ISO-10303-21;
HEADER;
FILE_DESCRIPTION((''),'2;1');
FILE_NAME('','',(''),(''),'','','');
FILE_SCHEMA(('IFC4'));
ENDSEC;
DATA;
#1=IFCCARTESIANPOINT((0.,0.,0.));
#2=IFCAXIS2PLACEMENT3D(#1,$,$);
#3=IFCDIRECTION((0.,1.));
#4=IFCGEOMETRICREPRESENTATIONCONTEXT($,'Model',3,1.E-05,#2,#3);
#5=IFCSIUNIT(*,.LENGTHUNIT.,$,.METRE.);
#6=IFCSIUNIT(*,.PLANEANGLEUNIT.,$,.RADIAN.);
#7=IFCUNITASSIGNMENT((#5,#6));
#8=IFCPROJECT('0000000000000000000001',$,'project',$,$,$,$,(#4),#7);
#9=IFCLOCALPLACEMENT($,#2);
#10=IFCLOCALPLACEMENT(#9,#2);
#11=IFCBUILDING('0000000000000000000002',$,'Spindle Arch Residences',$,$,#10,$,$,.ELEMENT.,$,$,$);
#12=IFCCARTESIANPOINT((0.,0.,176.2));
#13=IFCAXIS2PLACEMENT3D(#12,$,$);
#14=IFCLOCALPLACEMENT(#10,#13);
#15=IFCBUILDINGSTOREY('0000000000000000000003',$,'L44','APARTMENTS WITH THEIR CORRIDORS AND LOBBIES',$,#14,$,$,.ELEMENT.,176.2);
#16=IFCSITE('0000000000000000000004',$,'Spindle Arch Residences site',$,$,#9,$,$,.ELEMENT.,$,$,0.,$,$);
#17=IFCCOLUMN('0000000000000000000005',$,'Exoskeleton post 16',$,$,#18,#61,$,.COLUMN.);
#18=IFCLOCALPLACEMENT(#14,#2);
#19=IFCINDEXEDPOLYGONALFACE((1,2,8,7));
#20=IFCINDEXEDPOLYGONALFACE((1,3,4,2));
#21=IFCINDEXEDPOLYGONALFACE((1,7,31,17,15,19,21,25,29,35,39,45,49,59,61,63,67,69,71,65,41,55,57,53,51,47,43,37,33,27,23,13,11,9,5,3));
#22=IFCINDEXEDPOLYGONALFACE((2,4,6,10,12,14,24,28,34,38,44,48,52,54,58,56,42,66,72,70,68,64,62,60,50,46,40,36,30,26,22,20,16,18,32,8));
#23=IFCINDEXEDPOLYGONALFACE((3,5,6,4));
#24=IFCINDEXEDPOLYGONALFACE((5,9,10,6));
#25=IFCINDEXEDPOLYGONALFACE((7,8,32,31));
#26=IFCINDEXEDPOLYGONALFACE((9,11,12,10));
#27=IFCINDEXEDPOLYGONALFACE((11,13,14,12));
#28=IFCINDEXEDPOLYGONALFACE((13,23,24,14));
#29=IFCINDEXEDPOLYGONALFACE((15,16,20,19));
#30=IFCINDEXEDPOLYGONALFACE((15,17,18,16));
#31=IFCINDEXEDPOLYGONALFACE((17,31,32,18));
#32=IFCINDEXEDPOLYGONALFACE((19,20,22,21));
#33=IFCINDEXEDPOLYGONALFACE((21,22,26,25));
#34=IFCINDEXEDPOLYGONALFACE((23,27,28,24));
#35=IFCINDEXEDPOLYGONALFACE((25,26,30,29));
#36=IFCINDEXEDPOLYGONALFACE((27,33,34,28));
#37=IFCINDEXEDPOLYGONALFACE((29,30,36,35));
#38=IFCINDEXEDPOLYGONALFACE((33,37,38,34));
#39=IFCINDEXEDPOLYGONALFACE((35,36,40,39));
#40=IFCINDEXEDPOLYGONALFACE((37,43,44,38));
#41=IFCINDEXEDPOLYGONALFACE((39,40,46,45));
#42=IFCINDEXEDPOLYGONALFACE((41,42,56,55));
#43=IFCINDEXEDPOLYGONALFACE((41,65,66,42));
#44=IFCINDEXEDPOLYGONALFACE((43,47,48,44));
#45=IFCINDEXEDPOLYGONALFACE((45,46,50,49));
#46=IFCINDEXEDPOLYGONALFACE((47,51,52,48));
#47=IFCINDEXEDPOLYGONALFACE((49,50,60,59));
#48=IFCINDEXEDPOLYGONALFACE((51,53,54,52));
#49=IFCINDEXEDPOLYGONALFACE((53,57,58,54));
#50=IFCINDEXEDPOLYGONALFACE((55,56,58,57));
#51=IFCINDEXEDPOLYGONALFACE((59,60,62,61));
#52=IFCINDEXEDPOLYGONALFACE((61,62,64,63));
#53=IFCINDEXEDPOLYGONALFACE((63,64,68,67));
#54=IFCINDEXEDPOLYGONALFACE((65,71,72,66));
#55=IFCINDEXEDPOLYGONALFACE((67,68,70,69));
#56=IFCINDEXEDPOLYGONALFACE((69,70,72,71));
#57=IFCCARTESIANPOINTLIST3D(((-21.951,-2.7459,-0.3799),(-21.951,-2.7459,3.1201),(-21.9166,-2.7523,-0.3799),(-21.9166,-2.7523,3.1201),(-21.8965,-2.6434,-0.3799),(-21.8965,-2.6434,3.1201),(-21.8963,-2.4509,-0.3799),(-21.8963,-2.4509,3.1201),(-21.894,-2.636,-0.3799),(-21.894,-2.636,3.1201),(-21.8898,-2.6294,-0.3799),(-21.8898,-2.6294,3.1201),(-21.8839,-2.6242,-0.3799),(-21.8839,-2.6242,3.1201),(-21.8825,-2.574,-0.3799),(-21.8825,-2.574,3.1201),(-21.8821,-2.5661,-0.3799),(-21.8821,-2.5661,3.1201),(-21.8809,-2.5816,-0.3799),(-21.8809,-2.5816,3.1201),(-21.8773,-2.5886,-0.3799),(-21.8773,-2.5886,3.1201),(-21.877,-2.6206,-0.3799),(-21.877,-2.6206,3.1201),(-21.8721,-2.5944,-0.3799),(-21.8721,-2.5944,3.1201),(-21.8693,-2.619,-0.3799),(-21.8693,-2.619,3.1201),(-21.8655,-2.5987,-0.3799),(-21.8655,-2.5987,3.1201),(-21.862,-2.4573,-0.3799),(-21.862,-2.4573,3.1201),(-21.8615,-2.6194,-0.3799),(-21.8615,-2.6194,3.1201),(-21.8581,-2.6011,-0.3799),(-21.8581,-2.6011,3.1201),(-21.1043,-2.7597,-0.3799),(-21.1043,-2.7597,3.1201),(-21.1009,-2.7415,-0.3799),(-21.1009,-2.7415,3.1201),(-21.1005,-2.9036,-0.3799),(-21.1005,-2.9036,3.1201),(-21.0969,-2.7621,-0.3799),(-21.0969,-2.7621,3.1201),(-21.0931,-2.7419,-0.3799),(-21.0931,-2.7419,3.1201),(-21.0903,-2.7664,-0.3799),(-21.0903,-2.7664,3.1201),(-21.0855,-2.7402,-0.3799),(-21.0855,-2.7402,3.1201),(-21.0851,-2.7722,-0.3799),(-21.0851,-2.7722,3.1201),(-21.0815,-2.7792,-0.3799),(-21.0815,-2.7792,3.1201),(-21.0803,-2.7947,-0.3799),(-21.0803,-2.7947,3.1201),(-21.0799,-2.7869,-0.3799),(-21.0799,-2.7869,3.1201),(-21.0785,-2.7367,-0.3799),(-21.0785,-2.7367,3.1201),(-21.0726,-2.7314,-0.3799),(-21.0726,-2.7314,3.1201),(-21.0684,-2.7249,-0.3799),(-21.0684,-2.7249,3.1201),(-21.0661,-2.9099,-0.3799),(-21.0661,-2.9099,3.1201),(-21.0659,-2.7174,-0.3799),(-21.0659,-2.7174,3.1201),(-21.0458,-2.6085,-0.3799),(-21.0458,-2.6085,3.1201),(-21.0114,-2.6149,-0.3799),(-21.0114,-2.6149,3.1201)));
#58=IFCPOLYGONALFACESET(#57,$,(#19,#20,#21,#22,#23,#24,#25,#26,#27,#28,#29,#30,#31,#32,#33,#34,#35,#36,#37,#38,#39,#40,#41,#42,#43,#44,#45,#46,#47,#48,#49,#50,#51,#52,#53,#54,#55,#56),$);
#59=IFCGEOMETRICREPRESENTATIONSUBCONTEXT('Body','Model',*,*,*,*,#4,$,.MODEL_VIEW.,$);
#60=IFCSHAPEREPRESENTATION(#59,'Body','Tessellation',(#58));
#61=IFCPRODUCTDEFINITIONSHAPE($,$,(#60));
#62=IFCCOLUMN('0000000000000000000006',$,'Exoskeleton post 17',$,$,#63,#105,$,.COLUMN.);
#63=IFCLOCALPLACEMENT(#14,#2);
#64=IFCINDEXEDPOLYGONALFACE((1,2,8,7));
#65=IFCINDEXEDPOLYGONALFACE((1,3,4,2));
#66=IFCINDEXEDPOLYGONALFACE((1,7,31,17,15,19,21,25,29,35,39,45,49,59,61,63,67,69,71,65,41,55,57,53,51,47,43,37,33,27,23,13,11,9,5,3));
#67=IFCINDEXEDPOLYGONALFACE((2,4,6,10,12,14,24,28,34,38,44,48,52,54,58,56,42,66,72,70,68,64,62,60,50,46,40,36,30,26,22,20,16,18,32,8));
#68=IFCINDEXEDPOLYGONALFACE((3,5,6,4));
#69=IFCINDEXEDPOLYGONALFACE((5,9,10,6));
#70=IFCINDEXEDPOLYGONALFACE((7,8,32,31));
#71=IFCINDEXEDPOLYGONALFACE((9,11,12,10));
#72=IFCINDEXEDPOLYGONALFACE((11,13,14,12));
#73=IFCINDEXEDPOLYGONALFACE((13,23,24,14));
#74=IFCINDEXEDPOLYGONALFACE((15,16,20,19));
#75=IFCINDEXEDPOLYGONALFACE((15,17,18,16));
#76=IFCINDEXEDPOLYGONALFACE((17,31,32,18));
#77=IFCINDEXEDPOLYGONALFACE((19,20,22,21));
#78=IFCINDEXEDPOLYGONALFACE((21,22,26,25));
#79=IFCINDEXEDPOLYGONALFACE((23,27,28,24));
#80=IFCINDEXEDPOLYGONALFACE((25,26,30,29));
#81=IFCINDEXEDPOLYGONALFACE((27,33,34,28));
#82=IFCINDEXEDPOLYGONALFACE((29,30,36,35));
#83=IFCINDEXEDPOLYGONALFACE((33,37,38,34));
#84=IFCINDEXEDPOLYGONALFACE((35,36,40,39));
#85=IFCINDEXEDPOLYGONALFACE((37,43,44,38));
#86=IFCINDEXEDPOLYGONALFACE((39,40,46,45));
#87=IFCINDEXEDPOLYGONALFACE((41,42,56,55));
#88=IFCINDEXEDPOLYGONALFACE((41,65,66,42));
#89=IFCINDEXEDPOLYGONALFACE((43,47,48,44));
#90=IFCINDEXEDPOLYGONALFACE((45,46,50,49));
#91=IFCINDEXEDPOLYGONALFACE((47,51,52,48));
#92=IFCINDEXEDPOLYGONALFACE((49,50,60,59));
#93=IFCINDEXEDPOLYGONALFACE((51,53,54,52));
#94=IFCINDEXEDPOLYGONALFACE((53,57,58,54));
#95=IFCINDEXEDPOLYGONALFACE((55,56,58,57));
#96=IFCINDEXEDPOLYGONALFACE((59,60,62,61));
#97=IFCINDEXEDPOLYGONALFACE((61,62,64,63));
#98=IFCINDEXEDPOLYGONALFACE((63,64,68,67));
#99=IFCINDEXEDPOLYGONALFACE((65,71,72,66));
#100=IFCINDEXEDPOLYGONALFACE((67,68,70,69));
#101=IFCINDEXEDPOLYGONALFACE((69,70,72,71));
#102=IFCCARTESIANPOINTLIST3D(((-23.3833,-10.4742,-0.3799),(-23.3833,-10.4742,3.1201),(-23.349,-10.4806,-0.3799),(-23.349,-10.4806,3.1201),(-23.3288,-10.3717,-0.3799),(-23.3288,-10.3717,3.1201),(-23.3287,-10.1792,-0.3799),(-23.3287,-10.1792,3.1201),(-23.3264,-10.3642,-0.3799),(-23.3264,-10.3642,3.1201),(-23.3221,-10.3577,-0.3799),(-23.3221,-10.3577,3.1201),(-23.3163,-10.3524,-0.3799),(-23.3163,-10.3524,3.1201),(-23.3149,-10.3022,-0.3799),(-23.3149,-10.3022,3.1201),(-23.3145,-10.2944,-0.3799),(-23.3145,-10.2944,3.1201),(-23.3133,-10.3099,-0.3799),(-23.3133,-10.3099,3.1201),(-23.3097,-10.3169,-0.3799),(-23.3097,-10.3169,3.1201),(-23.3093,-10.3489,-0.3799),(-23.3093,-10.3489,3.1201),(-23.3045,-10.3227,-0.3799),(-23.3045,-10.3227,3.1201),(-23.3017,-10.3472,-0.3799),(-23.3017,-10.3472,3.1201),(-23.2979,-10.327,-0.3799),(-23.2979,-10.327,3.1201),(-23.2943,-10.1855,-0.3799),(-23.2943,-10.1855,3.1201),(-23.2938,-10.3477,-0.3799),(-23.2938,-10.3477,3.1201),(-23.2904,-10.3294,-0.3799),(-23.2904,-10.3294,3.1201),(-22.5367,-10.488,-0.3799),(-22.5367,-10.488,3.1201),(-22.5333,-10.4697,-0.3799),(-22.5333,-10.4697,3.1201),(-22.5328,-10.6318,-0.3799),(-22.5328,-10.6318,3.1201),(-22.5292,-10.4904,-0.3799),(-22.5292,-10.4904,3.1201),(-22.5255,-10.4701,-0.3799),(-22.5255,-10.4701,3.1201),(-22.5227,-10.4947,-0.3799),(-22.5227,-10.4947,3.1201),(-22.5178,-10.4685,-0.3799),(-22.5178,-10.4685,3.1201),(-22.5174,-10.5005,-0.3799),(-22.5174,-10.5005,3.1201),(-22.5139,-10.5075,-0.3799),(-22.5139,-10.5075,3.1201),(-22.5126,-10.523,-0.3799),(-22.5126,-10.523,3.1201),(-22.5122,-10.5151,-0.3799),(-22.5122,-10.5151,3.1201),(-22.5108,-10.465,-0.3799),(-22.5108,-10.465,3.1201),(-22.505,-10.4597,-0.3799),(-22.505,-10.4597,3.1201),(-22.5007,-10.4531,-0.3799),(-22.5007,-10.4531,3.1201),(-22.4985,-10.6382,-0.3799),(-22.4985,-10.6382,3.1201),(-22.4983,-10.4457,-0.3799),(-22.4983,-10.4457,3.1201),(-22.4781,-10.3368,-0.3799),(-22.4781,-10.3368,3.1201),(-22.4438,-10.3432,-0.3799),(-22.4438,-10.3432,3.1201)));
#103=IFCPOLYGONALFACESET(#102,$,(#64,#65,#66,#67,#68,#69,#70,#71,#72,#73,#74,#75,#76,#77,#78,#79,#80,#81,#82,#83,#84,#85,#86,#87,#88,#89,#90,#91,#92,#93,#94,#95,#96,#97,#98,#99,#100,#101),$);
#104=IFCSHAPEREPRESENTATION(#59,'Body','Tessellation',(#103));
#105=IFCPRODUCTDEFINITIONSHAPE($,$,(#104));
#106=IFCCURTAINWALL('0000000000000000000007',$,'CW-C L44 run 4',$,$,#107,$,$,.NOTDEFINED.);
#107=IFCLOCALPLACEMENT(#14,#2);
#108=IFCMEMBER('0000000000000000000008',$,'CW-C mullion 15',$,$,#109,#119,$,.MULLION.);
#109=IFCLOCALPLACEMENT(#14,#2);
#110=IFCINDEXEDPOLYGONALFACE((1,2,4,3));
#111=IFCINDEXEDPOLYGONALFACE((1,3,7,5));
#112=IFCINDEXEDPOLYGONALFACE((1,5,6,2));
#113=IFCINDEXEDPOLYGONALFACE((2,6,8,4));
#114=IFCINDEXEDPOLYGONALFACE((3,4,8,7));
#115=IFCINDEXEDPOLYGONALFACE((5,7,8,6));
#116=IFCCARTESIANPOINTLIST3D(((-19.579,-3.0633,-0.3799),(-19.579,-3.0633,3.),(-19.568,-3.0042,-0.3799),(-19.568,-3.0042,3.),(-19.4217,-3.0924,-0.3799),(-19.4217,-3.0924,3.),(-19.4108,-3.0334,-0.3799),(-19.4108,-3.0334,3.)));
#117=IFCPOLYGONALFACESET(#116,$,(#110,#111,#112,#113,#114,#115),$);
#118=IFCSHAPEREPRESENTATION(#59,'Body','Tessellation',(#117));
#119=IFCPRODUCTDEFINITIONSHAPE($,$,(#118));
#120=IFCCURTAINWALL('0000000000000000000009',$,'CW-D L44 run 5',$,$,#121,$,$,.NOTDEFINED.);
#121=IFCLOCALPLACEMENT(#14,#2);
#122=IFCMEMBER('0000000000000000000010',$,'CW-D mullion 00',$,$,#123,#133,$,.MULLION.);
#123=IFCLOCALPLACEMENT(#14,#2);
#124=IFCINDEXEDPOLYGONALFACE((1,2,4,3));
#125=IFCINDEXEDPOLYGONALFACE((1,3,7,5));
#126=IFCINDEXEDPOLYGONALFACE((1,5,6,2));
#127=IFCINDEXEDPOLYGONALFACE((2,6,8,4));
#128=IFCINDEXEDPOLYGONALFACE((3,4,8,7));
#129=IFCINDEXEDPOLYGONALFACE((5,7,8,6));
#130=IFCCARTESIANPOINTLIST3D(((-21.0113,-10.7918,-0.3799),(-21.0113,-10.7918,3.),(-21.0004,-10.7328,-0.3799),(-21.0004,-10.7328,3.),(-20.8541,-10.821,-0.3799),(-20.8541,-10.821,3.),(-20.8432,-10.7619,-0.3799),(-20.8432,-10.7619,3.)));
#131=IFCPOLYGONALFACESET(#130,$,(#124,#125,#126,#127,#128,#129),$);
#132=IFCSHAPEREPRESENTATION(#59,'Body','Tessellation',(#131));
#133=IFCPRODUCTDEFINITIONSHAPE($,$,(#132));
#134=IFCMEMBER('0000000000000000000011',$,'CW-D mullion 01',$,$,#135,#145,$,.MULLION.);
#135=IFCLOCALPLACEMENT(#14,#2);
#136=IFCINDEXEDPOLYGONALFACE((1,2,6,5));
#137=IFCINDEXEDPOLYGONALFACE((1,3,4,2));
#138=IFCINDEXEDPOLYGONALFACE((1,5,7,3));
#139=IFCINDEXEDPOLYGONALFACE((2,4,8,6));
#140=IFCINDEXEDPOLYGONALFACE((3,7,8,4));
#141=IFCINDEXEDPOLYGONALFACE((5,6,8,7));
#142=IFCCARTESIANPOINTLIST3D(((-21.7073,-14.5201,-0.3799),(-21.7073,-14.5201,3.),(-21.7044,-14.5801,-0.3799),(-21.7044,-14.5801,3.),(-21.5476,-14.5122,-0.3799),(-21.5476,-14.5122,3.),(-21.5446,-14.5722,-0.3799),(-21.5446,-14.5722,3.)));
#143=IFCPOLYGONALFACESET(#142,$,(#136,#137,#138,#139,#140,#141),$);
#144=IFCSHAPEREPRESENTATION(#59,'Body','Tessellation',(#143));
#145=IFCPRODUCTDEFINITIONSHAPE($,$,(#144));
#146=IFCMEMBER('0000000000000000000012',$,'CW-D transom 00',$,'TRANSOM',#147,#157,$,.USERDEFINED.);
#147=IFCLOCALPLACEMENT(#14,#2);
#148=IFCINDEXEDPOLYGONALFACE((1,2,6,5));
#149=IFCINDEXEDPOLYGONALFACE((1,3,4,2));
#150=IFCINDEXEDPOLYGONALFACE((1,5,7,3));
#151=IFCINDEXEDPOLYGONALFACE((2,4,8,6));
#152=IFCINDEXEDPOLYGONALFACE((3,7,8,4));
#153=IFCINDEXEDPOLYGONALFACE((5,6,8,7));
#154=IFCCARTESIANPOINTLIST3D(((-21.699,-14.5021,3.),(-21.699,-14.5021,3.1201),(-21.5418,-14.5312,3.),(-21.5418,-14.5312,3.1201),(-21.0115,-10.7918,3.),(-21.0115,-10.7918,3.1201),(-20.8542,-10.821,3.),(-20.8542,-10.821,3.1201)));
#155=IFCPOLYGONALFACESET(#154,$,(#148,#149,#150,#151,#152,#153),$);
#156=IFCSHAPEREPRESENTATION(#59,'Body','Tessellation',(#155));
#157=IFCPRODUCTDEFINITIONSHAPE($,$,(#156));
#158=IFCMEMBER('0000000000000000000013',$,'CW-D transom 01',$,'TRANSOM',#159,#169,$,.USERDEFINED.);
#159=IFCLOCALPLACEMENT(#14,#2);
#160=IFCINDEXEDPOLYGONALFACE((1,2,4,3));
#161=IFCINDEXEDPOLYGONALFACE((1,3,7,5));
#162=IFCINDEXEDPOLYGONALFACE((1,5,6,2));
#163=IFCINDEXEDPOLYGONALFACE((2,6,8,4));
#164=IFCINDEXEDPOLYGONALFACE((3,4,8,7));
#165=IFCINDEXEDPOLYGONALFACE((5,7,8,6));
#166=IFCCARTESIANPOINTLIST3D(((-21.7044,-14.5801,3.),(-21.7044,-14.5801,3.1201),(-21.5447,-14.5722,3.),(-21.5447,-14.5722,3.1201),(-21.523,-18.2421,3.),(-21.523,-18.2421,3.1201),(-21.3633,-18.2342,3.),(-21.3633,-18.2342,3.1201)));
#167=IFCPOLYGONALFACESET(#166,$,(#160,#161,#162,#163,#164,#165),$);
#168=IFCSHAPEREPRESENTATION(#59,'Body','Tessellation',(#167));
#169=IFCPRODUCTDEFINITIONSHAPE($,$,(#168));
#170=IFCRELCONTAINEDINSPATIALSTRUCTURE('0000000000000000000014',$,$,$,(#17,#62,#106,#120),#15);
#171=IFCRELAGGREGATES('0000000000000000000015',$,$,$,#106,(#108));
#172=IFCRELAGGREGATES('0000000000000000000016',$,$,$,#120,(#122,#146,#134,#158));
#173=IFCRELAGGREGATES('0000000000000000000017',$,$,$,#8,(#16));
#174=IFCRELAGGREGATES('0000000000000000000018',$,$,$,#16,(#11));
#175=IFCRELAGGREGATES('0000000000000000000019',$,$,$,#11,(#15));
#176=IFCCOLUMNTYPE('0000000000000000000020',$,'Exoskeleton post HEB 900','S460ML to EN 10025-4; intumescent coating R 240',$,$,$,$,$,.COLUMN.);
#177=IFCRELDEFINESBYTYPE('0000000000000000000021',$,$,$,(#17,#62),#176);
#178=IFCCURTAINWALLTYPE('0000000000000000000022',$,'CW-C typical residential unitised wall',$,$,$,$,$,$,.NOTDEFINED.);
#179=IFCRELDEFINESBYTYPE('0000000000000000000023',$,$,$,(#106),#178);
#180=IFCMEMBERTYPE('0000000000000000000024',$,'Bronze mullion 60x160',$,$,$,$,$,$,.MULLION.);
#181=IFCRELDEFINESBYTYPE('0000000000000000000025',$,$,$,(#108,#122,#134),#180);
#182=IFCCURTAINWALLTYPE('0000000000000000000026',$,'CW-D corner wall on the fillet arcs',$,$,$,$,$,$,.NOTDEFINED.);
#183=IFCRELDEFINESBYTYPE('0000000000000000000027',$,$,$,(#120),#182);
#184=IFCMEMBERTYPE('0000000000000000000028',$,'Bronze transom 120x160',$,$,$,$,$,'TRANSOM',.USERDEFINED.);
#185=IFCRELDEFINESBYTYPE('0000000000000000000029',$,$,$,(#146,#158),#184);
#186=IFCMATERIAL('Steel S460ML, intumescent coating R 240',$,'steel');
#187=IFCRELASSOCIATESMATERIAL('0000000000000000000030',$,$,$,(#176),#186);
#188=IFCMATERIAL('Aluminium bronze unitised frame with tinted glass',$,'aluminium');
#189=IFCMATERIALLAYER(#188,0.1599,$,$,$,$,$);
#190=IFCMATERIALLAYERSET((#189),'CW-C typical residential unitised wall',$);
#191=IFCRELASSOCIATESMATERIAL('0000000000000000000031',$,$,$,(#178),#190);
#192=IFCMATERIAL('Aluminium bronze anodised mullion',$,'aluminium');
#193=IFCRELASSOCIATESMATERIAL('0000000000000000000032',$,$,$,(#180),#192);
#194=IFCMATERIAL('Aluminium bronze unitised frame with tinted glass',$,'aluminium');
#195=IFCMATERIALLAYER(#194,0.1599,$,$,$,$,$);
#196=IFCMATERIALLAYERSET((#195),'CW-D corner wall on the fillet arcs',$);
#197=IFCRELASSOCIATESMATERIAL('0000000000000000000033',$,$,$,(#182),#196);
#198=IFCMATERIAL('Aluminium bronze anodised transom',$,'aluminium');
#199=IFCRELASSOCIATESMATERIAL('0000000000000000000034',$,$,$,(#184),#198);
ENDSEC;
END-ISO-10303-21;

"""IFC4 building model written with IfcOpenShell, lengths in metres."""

from ifc_helpers import new_model, si_unit, direction, frame, origin, origin_2d, place, context, subcontext, project, spatial, rectangle, i_section, extrude, material, layer, layer_set, material_profile, profile_set, type_object, element, aggregate, save


model = new_model("IFC4")

# Units and contexts
model_context = context("Model", 3, precision=1e-05, world=origin(), true_north=direction((0.0, 1.0)))
body_context = subcontext(model_context, "Body", "Model", "MODEL_VIEW")
ifc_project = project(units=[si_unit("LENGTHUNIT", "METRE"), si_unit("PLANEANGLEUNIT", "RADIAN")], contexts=[model_context])

# Site, building, storey
site_placement = place(None, origin())
site = spatial("IfcSite", under=ifc_project, at=site_placement, Name="Spindle Arch Residences site", CompositionType="ELEMENT", RefElevation=0.0)
building_placement = place(site_placement, origin())
building = spatial("IfcBuilding", under=site, at=building_placement, Name="Spindle Arch Residences", CompositionType="ELEMENT")
storey_placement = place(building_placement, frame((0.0, 0.0, 176.2)))
storey = spatial("IfcBuildingStorey", under=building, at=storey_placement, Name="L44", Description="APARTMENTS WITH THEIR CORRIDORS AND LOBBIES", CompositionType="ELEMENT", Elevation=176.2)

# Columns
ifc_material_1 = material(Name="Steel S460ML, intumescent coating R 240", Category="steel")
ifc_material_profile_1 = material_profile(ifc_material_1, i_section(OverallWidth=0.3, OverallDepth=0.8999, WebThickness=0.0186, FlangeThickness=0.0349, FilletRadius=0.03, at=origin_2d()), Name="HEB 900")
ifc_profile_set_1 = profile_set([ifc_material_profile_1], Name="Steel S460ML, intumescent coating R 240")
column_type = type_object("IfcColumnType", Name="Exoskeleton post HEB 900", Description="S460ML to EN 10025-4; intumescent coating R 240", PredefinedType="COLUMN", material=ifc_profile_set_1)
for number, where, z_axis, x_axis, name in (
    (1, (-21.4812, -2.6804, -0.3799), (0.0, 0.0, 1.0), (0.182236, 0.983255, 0.0), "Exoskeleton post 16"),
    (2, (-22.9136, -10.4087, -0.3799), (0.0, 0.0, 1.0), (0.182236, 0.983255, 0.0), "Exoskeleton post 17"),
):
    element("IfcColumn", number, at=place(storey_placement, frame(where, z_axis=z_axis, x_axis=x_axis)), inside=storey, type_object=column_type, Name=name, PredefinedType="COLUMN", context=body_context, shape_type="SweptSolid", body=[
        extrude(i_section(OverallWidth=0.3, OverallDepth=0.8999, WebThickness=0.0186, FlangeThickness=0.0349, FilletRadius=0.03, at=origin_2d()), origin(), (0.0, 0.0, 1.0), 3.5),
    ])

# Curtain wall, member
ifc_material_2 = material(Name="Aluminium bronze unitised frame with tinted glass", Category="aluminium")
ifc_layer_1 = layer(ifc_material_2, 0.1599)
ifc_layer_set_1 = layer_set([ifc_layer_1], Name="CW-C typical residential unitised wall")
curtain_wall_type_1 = type_object("IfcCurtainWallType", Name="CW-C typical residential unitised wall", PredefinedType="NOTDEFINED", material=ifc_layer_set_1)
curtain_wall_1_placement = place(storey_placement, origin())
curtain_wall_1 = element("IfcCurtainWall", 3, at=curtain_wall_1_placement, inside=storey, type_object=curtain_wall_type_1, Name="CW-C L44 run 4", PredefinedType="NOTDEFINED")
ifc_material_3 = material(Name="Aluminium bronze anodised mullion", Category="aluminium")
ifc_material_profile_2 = material_profile(ifc_material_3, rectangle(XDim=0.1599, YDim=0.0601, at=origin_2d()), Name="MU 60x160")
ifc_profile_set_2 = profile_set([ifc_material_profile_2], Name="Aluminium bronze anodised mullion")
member_type_1 = type_object("IfcMemberType", Name="Bronze mullion 60x160", PredefinedType="MULLION", material=ifc_profile_set_2)
member_1_placement = place(storey_placement, frame((-19.4949, -3.0483, -0.3799), z_axis=(0.0, 0.0, 1.0), x_axis=(0.983255, -0.182236, 0.0)))
member_1 = element("IfcMember", 4, at=member_1_placement, type_object=member_type_1, Name="CW-C mullion 15", PredefinedType="MULLION", context=body_context, shape_type="SweptSolid", body=[
    extrude(rectangle(XDim=0.1599, YDim=0.0601, at=origin_2d()), origin(), (0.0, 0.0, 1.0), 3.3799),
])

# Curtain wall, members
ifc_material_4 = material(Name="Aluminium bronze unitised frame with tinted glass", Category="aluminium")
ifc_layer_2 = layer(ifc_material_4, 0.1599)
ifc_layer_set_2 = layer_set([ifc_layer_2], Name="CW-D corner wall on the fillet arcs")
curtain_wall_type_2 = type_object("IfcCurtainWallType", Name="CW-D corner wall on the fillet arcs", PredefinedType="NOTDEFINED", material=ifc_layer_set_2)
curtain_wall_2_placement = place(storey_placement, origin())
curtain_wall_2 = element("IfcCurtainWall", 5, at=curtain_wall_2_placement, inside=storey, type_object=curtain_wall_type_2, Name="CW-D L44 run 5", PredefinedType="NOTDEFINED")
member_2_placement = place(storey_placement, frame((-20.9272, -10.7769, -0.3799), z_axis=(0.0, 0.0, 1.0), x_axis=(0.983255, -0.182236, 0.0)))
member_2 = element("IfcMember", 6, at=member_2_placement, type_object=member_type_1, Name="CW-D mullion 00", PredefinedType="MULLION", context=body_context, shape_type="SweptSolid", body=[
    extrude(rectangle(XDim=0.1599, YDim=0.0601, at=origin_2d()), origin(), (0.0, 0.0, 1.0), 3.3799),
])
member_3_placement = place(storey_placement, frame((-21.626, -14.5461, -0.3799), z_axis=(0.0, 0.0, 1.0), x_axis=(0.998778, 0.049431, 0.0)))
member_3 = element("IfcMember", 7, at=member_3_placement, type_object=member_type_1, Name="CW-D mullion 01", PredefinedType="MULLION", context=body_context, shape_type="SweptSolid", body=[
    extrude(rectangle(XDim=0.1599, YDim=0.0601, at=origin_2d()), origin(), (0.0, 0.0, 1.0), 3.3799),
])
ifc_material_5 = material(Name="Aluminium bronze anodised transom", Category="aluminium")
ifc_material_profile_3 = material_profile(ifc_material_5, rectangle(XDim=0.1599, YDim=0.1201, at=origin_2d()), Name="TR 120x160")
ifc_profile_set_3 = profile_set([ifc_material_profile_3], Name="Aluminium bronze anodised transom")
member_type_2 = type_object("IfcMemberType", Name="Bronze transom 120x160", ElementType="TRANSOM", PredefinedType="USERDEFINED", material=ifc_profile_set_3)
member_4_placement = place(storey_placement, frame((-20.9329, -10.8064, 3.0601), z_axis=(-0.182198, -0.983262, 0.0), x_axis=(0.983262, -0.182198, 0.0)))
member_4 = element("IfcMember", 8, at=member_4_placement, type_object=member_type_2, Name="CW-D transom 00", ObjectType="TRANSOM", PredefinedType="USERDEFINED", context=body_context, shape_type="SweptSolid", body=[
    extrude(rectangle(XDim=0.1599, YDim=0.1201, at=origin_2d()), origin(), (0.0, 0.0, 1.0), 3.7734),
])
member_5_placement = place(storey_placement, frame((-21.6245, -14.5762, 3.0601), z_axis=(0.049473, -0.998775, 0.0), x_axis=(0.998775, 0.049473, 0.0)))
member_5 = element("IfcMember", 9, at=member_5_placement, type_object=member_type_2, Name="CW-D transom 01", ObjectType="TRANSOM", PredefinedType="USERDEFINED", context=body_context, shape_type="SweptSolid", body=[
    extrude(rectangle(XDim=0.1599, YDim=0.1201, at=origin_2d()), origin(), (0.0, 0.0, 1.0), 3.6665),
])

aggregate(curtain_wall_1, [member_1])
aggregate(curtain_wall_2, [member_2, member_4, member_3, member_5])

save(model, "model.ifc")
